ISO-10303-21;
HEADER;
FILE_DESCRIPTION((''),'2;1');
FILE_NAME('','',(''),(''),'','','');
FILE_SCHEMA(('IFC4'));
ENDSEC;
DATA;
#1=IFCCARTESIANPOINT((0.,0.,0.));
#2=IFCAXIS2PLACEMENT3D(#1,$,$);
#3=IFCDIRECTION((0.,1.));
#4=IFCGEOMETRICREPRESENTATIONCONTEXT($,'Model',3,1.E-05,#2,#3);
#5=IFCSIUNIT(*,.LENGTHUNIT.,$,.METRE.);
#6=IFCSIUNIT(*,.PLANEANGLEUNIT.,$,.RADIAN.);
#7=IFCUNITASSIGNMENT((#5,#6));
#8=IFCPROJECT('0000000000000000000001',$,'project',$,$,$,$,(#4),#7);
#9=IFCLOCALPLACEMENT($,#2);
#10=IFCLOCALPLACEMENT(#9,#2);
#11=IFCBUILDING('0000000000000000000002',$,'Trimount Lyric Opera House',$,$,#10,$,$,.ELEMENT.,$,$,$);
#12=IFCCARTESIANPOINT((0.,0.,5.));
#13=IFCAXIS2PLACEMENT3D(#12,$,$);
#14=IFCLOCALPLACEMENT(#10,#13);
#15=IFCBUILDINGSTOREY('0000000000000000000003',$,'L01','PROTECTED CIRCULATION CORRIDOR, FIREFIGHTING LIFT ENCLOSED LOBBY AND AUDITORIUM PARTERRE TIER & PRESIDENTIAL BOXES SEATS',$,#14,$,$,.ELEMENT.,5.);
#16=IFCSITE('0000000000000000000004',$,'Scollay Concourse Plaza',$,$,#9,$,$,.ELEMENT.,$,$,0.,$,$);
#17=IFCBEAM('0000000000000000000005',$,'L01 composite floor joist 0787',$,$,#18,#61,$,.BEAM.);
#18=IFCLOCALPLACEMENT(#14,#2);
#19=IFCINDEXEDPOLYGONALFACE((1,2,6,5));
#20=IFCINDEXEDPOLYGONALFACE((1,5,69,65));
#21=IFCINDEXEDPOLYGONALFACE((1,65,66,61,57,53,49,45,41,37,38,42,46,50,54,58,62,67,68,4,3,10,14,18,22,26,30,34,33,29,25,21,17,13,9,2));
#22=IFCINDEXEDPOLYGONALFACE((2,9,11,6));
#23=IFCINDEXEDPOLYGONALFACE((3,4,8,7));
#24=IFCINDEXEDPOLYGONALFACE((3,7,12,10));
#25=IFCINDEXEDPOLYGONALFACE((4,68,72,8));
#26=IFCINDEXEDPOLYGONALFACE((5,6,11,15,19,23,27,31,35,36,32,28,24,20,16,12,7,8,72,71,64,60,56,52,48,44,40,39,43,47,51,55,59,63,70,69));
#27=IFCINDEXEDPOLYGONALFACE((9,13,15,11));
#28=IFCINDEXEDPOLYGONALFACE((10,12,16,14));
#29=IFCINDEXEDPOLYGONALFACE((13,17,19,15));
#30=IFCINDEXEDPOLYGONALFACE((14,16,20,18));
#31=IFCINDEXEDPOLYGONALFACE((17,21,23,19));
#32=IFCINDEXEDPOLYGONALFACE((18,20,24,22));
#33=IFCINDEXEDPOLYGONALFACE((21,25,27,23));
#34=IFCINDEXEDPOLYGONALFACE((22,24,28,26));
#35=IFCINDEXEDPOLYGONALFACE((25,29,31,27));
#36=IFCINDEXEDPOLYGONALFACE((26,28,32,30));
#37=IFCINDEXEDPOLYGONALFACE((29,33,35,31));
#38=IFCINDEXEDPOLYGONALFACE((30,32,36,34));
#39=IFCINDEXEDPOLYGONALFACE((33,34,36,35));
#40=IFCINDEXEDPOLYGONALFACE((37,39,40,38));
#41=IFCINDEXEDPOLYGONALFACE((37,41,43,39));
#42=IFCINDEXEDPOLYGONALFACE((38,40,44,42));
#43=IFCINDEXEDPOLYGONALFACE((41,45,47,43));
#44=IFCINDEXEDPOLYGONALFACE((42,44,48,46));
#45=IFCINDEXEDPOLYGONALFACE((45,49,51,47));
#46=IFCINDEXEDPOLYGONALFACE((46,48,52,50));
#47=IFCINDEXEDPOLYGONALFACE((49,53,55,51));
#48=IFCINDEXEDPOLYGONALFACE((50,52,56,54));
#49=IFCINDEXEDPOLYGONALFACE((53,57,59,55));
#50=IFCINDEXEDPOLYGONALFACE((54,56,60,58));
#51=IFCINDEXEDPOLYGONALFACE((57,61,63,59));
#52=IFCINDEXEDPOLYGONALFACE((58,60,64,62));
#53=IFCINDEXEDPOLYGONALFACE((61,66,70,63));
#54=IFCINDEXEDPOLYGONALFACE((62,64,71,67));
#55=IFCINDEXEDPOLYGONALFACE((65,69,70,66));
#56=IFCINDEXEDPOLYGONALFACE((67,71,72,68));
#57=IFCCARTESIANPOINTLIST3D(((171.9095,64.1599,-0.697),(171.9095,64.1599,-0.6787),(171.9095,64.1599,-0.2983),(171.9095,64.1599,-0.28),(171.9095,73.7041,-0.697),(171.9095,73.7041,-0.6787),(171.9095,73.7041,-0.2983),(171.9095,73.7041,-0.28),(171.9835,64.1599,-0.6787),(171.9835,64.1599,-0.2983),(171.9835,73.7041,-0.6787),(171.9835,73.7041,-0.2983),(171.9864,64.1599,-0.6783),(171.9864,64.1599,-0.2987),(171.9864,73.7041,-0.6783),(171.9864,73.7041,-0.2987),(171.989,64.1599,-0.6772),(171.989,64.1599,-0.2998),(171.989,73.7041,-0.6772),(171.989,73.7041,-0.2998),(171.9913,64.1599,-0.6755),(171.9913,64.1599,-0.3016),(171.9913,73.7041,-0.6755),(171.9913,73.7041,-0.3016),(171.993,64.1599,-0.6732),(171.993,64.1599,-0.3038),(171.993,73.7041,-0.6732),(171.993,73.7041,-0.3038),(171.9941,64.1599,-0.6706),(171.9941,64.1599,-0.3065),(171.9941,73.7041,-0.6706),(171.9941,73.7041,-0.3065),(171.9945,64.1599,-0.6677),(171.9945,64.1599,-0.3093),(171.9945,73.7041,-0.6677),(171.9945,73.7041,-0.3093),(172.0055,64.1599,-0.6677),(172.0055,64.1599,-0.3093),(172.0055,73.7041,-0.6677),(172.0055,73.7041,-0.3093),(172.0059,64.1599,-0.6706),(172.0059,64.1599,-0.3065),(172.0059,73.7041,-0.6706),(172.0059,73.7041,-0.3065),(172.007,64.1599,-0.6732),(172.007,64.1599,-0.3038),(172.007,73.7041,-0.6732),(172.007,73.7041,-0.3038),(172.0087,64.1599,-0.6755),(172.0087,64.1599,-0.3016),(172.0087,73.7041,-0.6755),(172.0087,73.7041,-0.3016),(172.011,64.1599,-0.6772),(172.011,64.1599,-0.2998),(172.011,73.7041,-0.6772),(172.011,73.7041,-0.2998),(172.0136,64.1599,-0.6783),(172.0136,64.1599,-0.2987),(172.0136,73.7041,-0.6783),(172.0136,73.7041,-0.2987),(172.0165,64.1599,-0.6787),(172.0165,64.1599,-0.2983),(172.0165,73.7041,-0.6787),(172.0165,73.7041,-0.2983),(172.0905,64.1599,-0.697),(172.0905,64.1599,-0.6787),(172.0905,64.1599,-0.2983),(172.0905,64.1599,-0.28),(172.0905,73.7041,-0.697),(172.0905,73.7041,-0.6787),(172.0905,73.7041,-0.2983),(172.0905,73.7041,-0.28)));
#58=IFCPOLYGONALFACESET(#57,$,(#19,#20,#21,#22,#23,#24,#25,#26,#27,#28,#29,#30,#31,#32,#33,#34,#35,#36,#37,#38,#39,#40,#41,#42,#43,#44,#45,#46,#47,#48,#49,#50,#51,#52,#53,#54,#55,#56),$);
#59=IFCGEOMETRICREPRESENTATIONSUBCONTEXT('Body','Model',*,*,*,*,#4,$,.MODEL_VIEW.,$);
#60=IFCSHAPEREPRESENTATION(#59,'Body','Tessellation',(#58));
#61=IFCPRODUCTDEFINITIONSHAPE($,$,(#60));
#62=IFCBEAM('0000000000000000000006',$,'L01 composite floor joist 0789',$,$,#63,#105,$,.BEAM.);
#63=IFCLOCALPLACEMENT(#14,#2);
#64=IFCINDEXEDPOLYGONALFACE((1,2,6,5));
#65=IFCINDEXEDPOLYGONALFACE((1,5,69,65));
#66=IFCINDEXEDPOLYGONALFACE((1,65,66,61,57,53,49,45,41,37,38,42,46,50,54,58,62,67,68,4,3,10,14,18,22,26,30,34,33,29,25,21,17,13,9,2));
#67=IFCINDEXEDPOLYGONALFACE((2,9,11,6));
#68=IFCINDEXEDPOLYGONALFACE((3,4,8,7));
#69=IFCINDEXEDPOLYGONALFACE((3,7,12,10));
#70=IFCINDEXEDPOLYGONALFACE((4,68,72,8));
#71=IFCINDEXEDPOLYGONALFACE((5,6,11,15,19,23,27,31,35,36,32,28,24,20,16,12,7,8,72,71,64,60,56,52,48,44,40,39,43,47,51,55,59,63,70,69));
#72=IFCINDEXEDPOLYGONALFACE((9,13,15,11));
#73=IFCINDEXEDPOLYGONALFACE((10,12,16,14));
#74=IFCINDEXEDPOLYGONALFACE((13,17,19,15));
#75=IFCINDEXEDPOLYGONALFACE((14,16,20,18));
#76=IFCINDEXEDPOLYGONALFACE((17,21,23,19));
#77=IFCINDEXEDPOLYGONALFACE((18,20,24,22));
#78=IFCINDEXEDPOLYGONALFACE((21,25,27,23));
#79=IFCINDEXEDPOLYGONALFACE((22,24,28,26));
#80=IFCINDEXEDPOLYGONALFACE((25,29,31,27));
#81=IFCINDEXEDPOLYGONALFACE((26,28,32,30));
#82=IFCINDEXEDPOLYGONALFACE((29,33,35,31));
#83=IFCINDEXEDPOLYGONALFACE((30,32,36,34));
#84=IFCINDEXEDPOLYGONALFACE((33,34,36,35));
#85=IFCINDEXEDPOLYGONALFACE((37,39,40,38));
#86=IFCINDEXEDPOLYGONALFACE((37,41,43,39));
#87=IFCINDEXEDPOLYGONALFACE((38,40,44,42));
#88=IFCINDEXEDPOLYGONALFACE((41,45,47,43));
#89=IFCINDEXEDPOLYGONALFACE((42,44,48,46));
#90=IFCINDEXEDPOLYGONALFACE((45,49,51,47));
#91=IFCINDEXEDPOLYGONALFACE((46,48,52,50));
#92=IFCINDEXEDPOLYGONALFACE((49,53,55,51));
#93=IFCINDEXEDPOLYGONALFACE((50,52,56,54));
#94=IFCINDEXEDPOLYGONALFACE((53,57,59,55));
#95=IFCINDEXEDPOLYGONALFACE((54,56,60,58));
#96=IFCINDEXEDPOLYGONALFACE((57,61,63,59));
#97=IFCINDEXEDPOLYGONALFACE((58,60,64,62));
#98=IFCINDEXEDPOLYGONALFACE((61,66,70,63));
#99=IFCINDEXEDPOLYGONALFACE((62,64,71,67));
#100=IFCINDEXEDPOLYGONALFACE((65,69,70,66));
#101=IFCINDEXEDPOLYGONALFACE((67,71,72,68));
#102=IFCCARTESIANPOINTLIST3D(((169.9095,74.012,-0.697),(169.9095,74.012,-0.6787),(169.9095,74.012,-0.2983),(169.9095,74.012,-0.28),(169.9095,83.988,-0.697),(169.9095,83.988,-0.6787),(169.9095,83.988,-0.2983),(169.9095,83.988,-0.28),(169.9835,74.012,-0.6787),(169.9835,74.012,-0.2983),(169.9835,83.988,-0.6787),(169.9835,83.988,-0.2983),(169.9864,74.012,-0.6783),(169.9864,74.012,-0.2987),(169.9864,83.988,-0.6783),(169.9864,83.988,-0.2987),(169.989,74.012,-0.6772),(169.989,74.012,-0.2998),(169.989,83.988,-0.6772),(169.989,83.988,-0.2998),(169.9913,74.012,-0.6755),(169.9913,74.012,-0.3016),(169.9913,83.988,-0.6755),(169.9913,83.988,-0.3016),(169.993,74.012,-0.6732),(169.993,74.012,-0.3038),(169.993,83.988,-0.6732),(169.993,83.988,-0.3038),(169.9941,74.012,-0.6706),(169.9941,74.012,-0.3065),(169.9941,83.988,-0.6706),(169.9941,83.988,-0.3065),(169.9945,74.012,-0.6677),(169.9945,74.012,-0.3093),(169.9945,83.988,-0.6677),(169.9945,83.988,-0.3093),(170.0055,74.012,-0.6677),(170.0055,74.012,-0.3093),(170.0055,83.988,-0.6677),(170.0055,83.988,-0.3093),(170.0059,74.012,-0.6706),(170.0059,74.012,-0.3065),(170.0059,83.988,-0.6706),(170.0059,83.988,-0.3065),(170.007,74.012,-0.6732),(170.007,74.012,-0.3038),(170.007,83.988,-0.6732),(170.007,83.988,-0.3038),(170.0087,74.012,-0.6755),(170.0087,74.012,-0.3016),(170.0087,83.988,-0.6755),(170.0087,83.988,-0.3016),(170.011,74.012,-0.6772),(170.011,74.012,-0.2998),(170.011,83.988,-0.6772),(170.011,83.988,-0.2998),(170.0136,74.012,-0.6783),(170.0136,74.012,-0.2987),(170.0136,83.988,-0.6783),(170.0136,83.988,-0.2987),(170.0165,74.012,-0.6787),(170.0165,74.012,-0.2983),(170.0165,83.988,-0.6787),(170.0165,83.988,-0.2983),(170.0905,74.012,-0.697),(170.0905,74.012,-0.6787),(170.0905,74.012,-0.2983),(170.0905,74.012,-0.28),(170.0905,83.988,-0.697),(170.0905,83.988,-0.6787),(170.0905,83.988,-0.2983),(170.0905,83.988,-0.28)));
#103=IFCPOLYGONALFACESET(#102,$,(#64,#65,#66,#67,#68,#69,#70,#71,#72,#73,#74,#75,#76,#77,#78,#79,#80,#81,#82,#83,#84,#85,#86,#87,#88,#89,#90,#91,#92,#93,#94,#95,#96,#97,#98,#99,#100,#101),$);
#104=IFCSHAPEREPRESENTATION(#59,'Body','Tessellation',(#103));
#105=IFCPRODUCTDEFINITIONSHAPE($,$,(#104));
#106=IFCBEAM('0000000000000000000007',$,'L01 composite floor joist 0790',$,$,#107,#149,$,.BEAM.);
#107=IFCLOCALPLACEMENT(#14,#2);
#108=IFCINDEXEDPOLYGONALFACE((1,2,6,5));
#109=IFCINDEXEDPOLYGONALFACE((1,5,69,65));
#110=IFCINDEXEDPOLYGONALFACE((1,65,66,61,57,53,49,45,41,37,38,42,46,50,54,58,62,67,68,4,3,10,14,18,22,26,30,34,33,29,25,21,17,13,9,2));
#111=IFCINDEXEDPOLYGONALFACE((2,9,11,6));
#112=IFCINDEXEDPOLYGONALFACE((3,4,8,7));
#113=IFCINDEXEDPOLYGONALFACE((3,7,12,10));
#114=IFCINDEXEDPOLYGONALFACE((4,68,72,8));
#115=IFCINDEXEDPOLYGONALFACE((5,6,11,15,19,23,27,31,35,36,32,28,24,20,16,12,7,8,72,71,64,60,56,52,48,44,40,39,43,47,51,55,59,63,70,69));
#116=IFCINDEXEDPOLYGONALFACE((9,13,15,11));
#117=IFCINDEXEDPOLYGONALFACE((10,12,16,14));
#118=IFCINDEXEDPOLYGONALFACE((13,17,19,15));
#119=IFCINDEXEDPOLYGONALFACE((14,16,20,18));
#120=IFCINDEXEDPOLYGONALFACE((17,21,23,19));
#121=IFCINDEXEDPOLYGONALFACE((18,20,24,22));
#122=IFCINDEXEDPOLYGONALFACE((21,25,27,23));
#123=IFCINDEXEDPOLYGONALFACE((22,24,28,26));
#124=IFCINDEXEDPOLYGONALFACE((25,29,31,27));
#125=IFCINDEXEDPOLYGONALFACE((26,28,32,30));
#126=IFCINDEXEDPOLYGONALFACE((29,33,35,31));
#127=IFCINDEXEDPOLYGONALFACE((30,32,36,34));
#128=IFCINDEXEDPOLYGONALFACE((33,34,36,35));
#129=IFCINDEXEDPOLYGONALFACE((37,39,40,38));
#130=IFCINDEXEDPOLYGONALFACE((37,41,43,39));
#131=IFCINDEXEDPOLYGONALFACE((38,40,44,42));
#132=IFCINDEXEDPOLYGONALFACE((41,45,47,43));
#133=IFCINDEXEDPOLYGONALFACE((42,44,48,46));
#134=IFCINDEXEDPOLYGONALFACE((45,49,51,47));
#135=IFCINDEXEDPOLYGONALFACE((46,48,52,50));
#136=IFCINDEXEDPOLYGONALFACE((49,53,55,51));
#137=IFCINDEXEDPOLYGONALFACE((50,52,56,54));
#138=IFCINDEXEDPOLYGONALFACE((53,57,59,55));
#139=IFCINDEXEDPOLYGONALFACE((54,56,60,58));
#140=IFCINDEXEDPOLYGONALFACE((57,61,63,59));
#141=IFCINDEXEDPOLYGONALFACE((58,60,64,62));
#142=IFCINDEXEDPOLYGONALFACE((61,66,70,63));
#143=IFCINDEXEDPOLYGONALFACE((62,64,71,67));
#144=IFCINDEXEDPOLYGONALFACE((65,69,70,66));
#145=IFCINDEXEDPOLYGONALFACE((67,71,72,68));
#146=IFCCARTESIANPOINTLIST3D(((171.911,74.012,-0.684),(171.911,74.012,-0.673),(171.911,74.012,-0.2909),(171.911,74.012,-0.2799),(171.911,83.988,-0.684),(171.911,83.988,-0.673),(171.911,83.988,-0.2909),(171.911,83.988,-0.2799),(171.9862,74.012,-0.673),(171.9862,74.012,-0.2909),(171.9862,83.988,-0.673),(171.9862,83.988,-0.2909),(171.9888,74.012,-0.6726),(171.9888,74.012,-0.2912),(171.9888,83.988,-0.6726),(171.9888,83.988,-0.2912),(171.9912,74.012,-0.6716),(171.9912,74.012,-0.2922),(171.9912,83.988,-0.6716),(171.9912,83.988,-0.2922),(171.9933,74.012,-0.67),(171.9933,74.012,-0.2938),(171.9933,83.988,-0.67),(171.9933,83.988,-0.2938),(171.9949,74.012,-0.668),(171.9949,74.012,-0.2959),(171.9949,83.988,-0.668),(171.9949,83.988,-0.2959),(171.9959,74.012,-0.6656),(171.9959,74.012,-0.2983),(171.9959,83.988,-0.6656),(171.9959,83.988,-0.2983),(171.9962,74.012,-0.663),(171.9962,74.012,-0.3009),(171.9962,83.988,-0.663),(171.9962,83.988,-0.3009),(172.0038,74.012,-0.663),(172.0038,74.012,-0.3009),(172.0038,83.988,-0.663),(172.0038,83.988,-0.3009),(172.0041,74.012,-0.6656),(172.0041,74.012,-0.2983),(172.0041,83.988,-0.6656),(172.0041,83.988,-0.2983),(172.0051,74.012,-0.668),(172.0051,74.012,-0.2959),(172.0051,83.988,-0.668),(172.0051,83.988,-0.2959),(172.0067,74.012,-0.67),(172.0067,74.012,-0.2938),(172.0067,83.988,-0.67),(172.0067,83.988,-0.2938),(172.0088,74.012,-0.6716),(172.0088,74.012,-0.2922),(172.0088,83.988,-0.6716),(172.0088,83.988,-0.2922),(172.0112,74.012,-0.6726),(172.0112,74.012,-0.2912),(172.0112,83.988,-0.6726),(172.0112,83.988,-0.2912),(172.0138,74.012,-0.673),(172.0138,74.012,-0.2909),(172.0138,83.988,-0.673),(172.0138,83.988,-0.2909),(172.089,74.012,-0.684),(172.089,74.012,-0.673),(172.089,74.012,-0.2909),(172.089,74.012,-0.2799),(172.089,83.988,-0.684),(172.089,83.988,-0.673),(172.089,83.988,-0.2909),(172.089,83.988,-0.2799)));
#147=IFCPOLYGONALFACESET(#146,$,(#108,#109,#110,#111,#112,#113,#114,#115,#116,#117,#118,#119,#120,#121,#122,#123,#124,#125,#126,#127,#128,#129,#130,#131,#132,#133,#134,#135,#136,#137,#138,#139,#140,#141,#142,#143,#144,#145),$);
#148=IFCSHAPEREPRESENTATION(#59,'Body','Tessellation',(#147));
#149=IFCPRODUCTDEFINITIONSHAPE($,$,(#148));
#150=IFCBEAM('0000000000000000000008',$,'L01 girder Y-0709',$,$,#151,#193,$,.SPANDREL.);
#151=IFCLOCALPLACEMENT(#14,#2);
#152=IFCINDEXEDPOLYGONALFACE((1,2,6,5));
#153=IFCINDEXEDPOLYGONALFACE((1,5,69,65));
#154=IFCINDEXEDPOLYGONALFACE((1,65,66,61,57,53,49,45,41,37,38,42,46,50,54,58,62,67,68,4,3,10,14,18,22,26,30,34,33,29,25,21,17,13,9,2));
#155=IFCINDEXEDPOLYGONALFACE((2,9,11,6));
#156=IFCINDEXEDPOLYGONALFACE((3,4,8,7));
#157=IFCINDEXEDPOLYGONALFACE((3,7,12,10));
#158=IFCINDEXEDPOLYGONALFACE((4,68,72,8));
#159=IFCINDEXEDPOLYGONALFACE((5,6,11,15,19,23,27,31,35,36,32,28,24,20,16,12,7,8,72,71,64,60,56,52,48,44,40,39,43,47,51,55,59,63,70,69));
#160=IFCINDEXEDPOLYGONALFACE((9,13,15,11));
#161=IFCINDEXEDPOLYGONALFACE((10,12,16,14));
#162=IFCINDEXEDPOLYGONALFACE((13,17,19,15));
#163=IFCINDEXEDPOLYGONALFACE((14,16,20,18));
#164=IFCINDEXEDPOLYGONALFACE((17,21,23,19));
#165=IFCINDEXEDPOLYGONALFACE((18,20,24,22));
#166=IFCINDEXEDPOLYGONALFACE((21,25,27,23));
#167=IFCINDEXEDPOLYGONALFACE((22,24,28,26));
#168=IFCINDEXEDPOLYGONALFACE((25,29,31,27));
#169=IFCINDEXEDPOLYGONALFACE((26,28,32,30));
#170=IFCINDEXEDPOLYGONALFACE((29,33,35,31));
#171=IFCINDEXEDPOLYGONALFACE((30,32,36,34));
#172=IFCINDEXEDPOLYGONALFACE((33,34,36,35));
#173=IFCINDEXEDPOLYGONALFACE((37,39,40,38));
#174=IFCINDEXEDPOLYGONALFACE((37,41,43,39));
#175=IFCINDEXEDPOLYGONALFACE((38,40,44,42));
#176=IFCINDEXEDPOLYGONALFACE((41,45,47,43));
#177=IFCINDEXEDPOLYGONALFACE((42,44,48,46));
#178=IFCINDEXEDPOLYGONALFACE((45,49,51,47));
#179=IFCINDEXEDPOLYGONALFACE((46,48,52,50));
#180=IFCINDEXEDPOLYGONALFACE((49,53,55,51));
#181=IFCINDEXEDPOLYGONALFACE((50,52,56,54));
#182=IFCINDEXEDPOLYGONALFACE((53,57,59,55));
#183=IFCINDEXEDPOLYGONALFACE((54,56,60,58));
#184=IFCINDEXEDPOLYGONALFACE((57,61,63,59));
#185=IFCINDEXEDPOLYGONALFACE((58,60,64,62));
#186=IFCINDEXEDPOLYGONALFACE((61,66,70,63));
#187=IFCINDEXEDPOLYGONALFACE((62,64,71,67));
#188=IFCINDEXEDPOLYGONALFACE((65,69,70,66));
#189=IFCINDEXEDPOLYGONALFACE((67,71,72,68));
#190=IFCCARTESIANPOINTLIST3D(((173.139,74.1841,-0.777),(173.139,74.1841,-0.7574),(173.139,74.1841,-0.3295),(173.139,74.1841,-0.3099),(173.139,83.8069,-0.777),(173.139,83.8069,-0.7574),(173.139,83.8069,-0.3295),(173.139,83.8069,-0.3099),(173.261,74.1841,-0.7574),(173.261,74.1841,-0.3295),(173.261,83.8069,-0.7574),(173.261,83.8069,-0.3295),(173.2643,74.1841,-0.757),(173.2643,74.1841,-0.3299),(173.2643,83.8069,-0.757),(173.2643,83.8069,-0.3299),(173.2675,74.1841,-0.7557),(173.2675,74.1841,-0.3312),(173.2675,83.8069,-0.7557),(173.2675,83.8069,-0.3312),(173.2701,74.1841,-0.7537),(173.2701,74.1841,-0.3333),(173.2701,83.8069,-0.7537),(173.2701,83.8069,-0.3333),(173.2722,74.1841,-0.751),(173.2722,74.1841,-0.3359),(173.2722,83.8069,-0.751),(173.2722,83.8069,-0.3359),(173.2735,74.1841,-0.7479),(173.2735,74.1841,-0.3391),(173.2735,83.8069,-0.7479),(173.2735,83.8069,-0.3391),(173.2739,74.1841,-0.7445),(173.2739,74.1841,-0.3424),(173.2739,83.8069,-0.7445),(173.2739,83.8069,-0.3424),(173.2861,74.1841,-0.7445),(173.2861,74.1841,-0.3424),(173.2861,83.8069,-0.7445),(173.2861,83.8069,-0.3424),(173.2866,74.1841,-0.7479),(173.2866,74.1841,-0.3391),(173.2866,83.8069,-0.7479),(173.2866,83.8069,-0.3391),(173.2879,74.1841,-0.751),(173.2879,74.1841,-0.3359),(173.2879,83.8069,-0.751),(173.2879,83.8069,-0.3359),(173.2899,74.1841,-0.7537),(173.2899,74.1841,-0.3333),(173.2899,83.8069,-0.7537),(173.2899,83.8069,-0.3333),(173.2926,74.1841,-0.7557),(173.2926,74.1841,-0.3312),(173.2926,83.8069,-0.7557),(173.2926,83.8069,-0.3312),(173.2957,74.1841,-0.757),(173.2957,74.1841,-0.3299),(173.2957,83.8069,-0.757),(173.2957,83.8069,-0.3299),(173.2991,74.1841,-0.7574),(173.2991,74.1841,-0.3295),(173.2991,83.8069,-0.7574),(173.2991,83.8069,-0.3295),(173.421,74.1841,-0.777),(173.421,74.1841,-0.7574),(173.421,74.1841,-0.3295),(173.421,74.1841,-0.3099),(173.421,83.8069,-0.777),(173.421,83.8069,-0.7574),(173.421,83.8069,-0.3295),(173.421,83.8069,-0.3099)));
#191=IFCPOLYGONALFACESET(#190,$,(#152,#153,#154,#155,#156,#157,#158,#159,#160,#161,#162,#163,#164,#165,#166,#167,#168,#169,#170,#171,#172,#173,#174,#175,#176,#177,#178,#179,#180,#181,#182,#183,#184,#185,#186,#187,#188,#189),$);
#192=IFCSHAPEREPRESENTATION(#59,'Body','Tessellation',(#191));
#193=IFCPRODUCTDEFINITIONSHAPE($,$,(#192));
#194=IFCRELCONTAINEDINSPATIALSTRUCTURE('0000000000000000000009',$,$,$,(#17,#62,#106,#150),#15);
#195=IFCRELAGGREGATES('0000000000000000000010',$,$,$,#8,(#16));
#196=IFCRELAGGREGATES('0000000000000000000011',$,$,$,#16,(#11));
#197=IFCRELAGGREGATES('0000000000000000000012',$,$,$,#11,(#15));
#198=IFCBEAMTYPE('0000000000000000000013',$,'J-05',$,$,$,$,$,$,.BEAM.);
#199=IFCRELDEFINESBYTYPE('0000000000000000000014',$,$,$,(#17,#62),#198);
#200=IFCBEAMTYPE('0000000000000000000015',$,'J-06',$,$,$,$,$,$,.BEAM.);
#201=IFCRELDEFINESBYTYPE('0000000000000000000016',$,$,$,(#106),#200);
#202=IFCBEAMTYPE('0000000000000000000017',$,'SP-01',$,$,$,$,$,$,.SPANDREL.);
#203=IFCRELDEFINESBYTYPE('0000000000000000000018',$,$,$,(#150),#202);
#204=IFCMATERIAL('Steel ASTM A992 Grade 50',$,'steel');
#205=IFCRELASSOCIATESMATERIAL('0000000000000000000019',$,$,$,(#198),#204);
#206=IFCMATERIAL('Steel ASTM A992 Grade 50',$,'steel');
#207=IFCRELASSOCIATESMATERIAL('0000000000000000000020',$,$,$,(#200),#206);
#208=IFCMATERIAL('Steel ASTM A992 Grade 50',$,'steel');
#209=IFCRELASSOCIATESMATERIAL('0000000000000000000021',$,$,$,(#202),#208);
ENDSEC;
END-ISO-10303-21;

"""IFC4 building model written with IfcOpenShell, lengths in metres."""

from ifc_helpers import new_model, si_unit, direction, frame, origin, origin_2d, place, context, subcontext, project, spatial, i_section, extrude, material, material_profile, profile_set, type_object, element, save


model = new_model("IFC4")

# Units and contexts
model_context = context("Model", 3, precision=1e-05, world=origin(), true_north=direction((0.0, 1.0)))
body_context = subcontext(model_context, "Body", "Model", "MODEL_VIEW")
ifc_project = project(units=[si_unit("LENGTHUNIT", "METRE"), si_unit("PLANEANGLEUNIT", "RADIAN")], contexts=[model_context])

# Site, building, storey
site_placement = place(None, origin())
site = spatial("IfcSite", under=ifc_project, at=site_placement, Name="Scollay Concourse Plaza", CompositionType="ELEMENT", RefElevation=0.0)
building_placement = place(site_placement, origin())
building = spatial("IfcBuilding", under=site, at=building_placement, Name="Trimount Lyric Opera House", CompositionType="ELEMENT")
storey_placement = place(building_placement, frame((0.0, 0.0, 5.0)))
storey = spatial("IfcBuildingStorey", under=building, at=storey_placement, Name="L01", Description="PROTECTED CIRCULATION CORRIDOR, FIREFIGHTING LIFT ENCLOSED LOBBY AND AUDITORIUM PARTERRE TIER & PRESIDENTIAL BOXES SEATS", CompositionType="ELEMENT", Elevation=5.0)

# Beams
ifc_material_1 = material(Name="Steel ASTM A992 Grade 50", Category="steel")
ifc_material_profile_1 = material_profile(ifc_material_1, i_section(OverallWidth=0.1809, OverallDepth=0.417, WebThickness=0.011, FlangeThickness=0.0183, FilletRadius=0.011, at=origin_2d()), Name="W16X57")
ifc_profile_set_1 = profile_set([ifc_material_profile_1], Name="Steel ASTM A992 Grade 50")
beam_type_1 = type_object("IfcBeamType", Name="J-05", PredefinedType="BEAM", material=ifc_profile_set_1)
beam_1_placement = place(storey_placement, frame((172.0, 64.1599, -0.4885), z_axis=(0.0, 1.0, 0.0), x_axis=(-1.0, 0.0, 0.0)))
element("IfcBeam", 1, at=beam_1_placement, inside=storey, type_object=beam_type_1, Name="L01 composite floor joist 0787", PredefinedType="BEAM", context=body_context, shape_type="SweptSolid", body=[
    extrude(i_section(OverallWidth=0.1809, OverallDepth=0.417, WebThickness=0.011, FlangeThickness=0.0183, FilletRadius=0.011, at=origin_2d()), origin(), (0.0, 0.0, 1.0), 9.5442),
])
beam_2_placement = place(storey_placement, frame((170.0, 74.012, -0.4885), z_axis=(0.0, 1.0, 0.0), x_axis=(-1.0, 0.0, 0.0)))
element("IfcBeam", 2, at=beam_2_placement, inside=storey, type_object=beam_type_1, Name="L01 composite floor joist 0789", PredefinedType="BEAM", context=body_context, shape_type="SweptSolid", body=[
    extrude(i_section(OverallWidth=0.1809, OverallDepth=0.417, WebThickness=0.011, FlangeThickness=0.0183, FilletRadius=0.011, at=origin_2d()), origin(), (0.0, 0.0, 1.0), 9.9761),
])
ifc_material_2 = material(Name="Steel ASTM A992 Grade 50", Category="steel")
ifc_material_profile_2 = material_profile(ifc_material_2, i_section(OverallWidth=0.178, OverallDepth=0.4041, WebThickness=0.0076, FlangeThickness=0.011, FilletRadius=0.01, at=origin_2d()), Name="W16X36")
ifc_profile_set_2 = profile_set([ifc_material_profile_2], Name="Steel ASTM A992 Grade 50")
beam_type_2 = type_object("IfcBeamType", Name="J-06", PredefinedType="BEAM", material=ifc_profile_set_2)
beam_3_placement = place(storey_placement, frame((172.0, 74.012, -0.4819), z_axis=(0.0, 1.0, 0.0), x_axis=(-1.0, 0.0, 0.0)))
element("IfcBeam", 3, at=beam_3_placement, inside=storey, type_object=beam_type_2, Name="L01 composite floor joist 0790", PredefinedType="BEAM", context=body_context, shape_type="SweptSolid", body=[
    extrude(i_section(OverallWidth=0.178, OverallDepth=0.4041, WebThickness=0.0076, FlangeThickness=0.011, FilletRadius=0.01, at=origin_2d()), origin(), (0.0, 0.0, 1.0), 9.9761),
])
ifc_material_3 = material(Name="Steel ASTM A992 Grade 50", Category="steel")
ifc_material_profile_3 = material_profile(ifc_material_3, i_section(OverallWidth=0.282, OverallDepth=0.467, WebThickness=0.0122, FlangeThickness=0.0195, FilletRadius=0.0129, at=origin_2d()), Name="W18X86")
ifc_profile_set_3 = profile_set([ifc_material_profile_3], Name="Steel ASTM A992 Grade 50")
beam_type_3 = type_object("IfcBeamType", Name="SP-01", PredefinedType="SPANDREL", material=ifc_profile_set_3)
beam_4_placement = place(storey_placement, frame((173.28, 74.1841, -0.5435), z_axis=(0.0, 1.0, 0.0), x_axis=(-1.0, 0.0, 0.0)))
element("IfcBeam", 4, at=beam_4_placement, inside=storey, type_object=beam_type_3, Name="L01 girder Y-0709", PredefinedType="SPANDREL", context=body_context, shape_type="SweptSolid", body=[
    extrude(i_section(OverallWidth=0.282, OverallDepth=0.467, WebThickness=0.0122, FlangeThickness=0.0195, FilletRadius=0.0129, at=origin_2d()), origin(), (0.0, 0.0, 1.0), 9.6228),
])

save(model, "model.ifc")
